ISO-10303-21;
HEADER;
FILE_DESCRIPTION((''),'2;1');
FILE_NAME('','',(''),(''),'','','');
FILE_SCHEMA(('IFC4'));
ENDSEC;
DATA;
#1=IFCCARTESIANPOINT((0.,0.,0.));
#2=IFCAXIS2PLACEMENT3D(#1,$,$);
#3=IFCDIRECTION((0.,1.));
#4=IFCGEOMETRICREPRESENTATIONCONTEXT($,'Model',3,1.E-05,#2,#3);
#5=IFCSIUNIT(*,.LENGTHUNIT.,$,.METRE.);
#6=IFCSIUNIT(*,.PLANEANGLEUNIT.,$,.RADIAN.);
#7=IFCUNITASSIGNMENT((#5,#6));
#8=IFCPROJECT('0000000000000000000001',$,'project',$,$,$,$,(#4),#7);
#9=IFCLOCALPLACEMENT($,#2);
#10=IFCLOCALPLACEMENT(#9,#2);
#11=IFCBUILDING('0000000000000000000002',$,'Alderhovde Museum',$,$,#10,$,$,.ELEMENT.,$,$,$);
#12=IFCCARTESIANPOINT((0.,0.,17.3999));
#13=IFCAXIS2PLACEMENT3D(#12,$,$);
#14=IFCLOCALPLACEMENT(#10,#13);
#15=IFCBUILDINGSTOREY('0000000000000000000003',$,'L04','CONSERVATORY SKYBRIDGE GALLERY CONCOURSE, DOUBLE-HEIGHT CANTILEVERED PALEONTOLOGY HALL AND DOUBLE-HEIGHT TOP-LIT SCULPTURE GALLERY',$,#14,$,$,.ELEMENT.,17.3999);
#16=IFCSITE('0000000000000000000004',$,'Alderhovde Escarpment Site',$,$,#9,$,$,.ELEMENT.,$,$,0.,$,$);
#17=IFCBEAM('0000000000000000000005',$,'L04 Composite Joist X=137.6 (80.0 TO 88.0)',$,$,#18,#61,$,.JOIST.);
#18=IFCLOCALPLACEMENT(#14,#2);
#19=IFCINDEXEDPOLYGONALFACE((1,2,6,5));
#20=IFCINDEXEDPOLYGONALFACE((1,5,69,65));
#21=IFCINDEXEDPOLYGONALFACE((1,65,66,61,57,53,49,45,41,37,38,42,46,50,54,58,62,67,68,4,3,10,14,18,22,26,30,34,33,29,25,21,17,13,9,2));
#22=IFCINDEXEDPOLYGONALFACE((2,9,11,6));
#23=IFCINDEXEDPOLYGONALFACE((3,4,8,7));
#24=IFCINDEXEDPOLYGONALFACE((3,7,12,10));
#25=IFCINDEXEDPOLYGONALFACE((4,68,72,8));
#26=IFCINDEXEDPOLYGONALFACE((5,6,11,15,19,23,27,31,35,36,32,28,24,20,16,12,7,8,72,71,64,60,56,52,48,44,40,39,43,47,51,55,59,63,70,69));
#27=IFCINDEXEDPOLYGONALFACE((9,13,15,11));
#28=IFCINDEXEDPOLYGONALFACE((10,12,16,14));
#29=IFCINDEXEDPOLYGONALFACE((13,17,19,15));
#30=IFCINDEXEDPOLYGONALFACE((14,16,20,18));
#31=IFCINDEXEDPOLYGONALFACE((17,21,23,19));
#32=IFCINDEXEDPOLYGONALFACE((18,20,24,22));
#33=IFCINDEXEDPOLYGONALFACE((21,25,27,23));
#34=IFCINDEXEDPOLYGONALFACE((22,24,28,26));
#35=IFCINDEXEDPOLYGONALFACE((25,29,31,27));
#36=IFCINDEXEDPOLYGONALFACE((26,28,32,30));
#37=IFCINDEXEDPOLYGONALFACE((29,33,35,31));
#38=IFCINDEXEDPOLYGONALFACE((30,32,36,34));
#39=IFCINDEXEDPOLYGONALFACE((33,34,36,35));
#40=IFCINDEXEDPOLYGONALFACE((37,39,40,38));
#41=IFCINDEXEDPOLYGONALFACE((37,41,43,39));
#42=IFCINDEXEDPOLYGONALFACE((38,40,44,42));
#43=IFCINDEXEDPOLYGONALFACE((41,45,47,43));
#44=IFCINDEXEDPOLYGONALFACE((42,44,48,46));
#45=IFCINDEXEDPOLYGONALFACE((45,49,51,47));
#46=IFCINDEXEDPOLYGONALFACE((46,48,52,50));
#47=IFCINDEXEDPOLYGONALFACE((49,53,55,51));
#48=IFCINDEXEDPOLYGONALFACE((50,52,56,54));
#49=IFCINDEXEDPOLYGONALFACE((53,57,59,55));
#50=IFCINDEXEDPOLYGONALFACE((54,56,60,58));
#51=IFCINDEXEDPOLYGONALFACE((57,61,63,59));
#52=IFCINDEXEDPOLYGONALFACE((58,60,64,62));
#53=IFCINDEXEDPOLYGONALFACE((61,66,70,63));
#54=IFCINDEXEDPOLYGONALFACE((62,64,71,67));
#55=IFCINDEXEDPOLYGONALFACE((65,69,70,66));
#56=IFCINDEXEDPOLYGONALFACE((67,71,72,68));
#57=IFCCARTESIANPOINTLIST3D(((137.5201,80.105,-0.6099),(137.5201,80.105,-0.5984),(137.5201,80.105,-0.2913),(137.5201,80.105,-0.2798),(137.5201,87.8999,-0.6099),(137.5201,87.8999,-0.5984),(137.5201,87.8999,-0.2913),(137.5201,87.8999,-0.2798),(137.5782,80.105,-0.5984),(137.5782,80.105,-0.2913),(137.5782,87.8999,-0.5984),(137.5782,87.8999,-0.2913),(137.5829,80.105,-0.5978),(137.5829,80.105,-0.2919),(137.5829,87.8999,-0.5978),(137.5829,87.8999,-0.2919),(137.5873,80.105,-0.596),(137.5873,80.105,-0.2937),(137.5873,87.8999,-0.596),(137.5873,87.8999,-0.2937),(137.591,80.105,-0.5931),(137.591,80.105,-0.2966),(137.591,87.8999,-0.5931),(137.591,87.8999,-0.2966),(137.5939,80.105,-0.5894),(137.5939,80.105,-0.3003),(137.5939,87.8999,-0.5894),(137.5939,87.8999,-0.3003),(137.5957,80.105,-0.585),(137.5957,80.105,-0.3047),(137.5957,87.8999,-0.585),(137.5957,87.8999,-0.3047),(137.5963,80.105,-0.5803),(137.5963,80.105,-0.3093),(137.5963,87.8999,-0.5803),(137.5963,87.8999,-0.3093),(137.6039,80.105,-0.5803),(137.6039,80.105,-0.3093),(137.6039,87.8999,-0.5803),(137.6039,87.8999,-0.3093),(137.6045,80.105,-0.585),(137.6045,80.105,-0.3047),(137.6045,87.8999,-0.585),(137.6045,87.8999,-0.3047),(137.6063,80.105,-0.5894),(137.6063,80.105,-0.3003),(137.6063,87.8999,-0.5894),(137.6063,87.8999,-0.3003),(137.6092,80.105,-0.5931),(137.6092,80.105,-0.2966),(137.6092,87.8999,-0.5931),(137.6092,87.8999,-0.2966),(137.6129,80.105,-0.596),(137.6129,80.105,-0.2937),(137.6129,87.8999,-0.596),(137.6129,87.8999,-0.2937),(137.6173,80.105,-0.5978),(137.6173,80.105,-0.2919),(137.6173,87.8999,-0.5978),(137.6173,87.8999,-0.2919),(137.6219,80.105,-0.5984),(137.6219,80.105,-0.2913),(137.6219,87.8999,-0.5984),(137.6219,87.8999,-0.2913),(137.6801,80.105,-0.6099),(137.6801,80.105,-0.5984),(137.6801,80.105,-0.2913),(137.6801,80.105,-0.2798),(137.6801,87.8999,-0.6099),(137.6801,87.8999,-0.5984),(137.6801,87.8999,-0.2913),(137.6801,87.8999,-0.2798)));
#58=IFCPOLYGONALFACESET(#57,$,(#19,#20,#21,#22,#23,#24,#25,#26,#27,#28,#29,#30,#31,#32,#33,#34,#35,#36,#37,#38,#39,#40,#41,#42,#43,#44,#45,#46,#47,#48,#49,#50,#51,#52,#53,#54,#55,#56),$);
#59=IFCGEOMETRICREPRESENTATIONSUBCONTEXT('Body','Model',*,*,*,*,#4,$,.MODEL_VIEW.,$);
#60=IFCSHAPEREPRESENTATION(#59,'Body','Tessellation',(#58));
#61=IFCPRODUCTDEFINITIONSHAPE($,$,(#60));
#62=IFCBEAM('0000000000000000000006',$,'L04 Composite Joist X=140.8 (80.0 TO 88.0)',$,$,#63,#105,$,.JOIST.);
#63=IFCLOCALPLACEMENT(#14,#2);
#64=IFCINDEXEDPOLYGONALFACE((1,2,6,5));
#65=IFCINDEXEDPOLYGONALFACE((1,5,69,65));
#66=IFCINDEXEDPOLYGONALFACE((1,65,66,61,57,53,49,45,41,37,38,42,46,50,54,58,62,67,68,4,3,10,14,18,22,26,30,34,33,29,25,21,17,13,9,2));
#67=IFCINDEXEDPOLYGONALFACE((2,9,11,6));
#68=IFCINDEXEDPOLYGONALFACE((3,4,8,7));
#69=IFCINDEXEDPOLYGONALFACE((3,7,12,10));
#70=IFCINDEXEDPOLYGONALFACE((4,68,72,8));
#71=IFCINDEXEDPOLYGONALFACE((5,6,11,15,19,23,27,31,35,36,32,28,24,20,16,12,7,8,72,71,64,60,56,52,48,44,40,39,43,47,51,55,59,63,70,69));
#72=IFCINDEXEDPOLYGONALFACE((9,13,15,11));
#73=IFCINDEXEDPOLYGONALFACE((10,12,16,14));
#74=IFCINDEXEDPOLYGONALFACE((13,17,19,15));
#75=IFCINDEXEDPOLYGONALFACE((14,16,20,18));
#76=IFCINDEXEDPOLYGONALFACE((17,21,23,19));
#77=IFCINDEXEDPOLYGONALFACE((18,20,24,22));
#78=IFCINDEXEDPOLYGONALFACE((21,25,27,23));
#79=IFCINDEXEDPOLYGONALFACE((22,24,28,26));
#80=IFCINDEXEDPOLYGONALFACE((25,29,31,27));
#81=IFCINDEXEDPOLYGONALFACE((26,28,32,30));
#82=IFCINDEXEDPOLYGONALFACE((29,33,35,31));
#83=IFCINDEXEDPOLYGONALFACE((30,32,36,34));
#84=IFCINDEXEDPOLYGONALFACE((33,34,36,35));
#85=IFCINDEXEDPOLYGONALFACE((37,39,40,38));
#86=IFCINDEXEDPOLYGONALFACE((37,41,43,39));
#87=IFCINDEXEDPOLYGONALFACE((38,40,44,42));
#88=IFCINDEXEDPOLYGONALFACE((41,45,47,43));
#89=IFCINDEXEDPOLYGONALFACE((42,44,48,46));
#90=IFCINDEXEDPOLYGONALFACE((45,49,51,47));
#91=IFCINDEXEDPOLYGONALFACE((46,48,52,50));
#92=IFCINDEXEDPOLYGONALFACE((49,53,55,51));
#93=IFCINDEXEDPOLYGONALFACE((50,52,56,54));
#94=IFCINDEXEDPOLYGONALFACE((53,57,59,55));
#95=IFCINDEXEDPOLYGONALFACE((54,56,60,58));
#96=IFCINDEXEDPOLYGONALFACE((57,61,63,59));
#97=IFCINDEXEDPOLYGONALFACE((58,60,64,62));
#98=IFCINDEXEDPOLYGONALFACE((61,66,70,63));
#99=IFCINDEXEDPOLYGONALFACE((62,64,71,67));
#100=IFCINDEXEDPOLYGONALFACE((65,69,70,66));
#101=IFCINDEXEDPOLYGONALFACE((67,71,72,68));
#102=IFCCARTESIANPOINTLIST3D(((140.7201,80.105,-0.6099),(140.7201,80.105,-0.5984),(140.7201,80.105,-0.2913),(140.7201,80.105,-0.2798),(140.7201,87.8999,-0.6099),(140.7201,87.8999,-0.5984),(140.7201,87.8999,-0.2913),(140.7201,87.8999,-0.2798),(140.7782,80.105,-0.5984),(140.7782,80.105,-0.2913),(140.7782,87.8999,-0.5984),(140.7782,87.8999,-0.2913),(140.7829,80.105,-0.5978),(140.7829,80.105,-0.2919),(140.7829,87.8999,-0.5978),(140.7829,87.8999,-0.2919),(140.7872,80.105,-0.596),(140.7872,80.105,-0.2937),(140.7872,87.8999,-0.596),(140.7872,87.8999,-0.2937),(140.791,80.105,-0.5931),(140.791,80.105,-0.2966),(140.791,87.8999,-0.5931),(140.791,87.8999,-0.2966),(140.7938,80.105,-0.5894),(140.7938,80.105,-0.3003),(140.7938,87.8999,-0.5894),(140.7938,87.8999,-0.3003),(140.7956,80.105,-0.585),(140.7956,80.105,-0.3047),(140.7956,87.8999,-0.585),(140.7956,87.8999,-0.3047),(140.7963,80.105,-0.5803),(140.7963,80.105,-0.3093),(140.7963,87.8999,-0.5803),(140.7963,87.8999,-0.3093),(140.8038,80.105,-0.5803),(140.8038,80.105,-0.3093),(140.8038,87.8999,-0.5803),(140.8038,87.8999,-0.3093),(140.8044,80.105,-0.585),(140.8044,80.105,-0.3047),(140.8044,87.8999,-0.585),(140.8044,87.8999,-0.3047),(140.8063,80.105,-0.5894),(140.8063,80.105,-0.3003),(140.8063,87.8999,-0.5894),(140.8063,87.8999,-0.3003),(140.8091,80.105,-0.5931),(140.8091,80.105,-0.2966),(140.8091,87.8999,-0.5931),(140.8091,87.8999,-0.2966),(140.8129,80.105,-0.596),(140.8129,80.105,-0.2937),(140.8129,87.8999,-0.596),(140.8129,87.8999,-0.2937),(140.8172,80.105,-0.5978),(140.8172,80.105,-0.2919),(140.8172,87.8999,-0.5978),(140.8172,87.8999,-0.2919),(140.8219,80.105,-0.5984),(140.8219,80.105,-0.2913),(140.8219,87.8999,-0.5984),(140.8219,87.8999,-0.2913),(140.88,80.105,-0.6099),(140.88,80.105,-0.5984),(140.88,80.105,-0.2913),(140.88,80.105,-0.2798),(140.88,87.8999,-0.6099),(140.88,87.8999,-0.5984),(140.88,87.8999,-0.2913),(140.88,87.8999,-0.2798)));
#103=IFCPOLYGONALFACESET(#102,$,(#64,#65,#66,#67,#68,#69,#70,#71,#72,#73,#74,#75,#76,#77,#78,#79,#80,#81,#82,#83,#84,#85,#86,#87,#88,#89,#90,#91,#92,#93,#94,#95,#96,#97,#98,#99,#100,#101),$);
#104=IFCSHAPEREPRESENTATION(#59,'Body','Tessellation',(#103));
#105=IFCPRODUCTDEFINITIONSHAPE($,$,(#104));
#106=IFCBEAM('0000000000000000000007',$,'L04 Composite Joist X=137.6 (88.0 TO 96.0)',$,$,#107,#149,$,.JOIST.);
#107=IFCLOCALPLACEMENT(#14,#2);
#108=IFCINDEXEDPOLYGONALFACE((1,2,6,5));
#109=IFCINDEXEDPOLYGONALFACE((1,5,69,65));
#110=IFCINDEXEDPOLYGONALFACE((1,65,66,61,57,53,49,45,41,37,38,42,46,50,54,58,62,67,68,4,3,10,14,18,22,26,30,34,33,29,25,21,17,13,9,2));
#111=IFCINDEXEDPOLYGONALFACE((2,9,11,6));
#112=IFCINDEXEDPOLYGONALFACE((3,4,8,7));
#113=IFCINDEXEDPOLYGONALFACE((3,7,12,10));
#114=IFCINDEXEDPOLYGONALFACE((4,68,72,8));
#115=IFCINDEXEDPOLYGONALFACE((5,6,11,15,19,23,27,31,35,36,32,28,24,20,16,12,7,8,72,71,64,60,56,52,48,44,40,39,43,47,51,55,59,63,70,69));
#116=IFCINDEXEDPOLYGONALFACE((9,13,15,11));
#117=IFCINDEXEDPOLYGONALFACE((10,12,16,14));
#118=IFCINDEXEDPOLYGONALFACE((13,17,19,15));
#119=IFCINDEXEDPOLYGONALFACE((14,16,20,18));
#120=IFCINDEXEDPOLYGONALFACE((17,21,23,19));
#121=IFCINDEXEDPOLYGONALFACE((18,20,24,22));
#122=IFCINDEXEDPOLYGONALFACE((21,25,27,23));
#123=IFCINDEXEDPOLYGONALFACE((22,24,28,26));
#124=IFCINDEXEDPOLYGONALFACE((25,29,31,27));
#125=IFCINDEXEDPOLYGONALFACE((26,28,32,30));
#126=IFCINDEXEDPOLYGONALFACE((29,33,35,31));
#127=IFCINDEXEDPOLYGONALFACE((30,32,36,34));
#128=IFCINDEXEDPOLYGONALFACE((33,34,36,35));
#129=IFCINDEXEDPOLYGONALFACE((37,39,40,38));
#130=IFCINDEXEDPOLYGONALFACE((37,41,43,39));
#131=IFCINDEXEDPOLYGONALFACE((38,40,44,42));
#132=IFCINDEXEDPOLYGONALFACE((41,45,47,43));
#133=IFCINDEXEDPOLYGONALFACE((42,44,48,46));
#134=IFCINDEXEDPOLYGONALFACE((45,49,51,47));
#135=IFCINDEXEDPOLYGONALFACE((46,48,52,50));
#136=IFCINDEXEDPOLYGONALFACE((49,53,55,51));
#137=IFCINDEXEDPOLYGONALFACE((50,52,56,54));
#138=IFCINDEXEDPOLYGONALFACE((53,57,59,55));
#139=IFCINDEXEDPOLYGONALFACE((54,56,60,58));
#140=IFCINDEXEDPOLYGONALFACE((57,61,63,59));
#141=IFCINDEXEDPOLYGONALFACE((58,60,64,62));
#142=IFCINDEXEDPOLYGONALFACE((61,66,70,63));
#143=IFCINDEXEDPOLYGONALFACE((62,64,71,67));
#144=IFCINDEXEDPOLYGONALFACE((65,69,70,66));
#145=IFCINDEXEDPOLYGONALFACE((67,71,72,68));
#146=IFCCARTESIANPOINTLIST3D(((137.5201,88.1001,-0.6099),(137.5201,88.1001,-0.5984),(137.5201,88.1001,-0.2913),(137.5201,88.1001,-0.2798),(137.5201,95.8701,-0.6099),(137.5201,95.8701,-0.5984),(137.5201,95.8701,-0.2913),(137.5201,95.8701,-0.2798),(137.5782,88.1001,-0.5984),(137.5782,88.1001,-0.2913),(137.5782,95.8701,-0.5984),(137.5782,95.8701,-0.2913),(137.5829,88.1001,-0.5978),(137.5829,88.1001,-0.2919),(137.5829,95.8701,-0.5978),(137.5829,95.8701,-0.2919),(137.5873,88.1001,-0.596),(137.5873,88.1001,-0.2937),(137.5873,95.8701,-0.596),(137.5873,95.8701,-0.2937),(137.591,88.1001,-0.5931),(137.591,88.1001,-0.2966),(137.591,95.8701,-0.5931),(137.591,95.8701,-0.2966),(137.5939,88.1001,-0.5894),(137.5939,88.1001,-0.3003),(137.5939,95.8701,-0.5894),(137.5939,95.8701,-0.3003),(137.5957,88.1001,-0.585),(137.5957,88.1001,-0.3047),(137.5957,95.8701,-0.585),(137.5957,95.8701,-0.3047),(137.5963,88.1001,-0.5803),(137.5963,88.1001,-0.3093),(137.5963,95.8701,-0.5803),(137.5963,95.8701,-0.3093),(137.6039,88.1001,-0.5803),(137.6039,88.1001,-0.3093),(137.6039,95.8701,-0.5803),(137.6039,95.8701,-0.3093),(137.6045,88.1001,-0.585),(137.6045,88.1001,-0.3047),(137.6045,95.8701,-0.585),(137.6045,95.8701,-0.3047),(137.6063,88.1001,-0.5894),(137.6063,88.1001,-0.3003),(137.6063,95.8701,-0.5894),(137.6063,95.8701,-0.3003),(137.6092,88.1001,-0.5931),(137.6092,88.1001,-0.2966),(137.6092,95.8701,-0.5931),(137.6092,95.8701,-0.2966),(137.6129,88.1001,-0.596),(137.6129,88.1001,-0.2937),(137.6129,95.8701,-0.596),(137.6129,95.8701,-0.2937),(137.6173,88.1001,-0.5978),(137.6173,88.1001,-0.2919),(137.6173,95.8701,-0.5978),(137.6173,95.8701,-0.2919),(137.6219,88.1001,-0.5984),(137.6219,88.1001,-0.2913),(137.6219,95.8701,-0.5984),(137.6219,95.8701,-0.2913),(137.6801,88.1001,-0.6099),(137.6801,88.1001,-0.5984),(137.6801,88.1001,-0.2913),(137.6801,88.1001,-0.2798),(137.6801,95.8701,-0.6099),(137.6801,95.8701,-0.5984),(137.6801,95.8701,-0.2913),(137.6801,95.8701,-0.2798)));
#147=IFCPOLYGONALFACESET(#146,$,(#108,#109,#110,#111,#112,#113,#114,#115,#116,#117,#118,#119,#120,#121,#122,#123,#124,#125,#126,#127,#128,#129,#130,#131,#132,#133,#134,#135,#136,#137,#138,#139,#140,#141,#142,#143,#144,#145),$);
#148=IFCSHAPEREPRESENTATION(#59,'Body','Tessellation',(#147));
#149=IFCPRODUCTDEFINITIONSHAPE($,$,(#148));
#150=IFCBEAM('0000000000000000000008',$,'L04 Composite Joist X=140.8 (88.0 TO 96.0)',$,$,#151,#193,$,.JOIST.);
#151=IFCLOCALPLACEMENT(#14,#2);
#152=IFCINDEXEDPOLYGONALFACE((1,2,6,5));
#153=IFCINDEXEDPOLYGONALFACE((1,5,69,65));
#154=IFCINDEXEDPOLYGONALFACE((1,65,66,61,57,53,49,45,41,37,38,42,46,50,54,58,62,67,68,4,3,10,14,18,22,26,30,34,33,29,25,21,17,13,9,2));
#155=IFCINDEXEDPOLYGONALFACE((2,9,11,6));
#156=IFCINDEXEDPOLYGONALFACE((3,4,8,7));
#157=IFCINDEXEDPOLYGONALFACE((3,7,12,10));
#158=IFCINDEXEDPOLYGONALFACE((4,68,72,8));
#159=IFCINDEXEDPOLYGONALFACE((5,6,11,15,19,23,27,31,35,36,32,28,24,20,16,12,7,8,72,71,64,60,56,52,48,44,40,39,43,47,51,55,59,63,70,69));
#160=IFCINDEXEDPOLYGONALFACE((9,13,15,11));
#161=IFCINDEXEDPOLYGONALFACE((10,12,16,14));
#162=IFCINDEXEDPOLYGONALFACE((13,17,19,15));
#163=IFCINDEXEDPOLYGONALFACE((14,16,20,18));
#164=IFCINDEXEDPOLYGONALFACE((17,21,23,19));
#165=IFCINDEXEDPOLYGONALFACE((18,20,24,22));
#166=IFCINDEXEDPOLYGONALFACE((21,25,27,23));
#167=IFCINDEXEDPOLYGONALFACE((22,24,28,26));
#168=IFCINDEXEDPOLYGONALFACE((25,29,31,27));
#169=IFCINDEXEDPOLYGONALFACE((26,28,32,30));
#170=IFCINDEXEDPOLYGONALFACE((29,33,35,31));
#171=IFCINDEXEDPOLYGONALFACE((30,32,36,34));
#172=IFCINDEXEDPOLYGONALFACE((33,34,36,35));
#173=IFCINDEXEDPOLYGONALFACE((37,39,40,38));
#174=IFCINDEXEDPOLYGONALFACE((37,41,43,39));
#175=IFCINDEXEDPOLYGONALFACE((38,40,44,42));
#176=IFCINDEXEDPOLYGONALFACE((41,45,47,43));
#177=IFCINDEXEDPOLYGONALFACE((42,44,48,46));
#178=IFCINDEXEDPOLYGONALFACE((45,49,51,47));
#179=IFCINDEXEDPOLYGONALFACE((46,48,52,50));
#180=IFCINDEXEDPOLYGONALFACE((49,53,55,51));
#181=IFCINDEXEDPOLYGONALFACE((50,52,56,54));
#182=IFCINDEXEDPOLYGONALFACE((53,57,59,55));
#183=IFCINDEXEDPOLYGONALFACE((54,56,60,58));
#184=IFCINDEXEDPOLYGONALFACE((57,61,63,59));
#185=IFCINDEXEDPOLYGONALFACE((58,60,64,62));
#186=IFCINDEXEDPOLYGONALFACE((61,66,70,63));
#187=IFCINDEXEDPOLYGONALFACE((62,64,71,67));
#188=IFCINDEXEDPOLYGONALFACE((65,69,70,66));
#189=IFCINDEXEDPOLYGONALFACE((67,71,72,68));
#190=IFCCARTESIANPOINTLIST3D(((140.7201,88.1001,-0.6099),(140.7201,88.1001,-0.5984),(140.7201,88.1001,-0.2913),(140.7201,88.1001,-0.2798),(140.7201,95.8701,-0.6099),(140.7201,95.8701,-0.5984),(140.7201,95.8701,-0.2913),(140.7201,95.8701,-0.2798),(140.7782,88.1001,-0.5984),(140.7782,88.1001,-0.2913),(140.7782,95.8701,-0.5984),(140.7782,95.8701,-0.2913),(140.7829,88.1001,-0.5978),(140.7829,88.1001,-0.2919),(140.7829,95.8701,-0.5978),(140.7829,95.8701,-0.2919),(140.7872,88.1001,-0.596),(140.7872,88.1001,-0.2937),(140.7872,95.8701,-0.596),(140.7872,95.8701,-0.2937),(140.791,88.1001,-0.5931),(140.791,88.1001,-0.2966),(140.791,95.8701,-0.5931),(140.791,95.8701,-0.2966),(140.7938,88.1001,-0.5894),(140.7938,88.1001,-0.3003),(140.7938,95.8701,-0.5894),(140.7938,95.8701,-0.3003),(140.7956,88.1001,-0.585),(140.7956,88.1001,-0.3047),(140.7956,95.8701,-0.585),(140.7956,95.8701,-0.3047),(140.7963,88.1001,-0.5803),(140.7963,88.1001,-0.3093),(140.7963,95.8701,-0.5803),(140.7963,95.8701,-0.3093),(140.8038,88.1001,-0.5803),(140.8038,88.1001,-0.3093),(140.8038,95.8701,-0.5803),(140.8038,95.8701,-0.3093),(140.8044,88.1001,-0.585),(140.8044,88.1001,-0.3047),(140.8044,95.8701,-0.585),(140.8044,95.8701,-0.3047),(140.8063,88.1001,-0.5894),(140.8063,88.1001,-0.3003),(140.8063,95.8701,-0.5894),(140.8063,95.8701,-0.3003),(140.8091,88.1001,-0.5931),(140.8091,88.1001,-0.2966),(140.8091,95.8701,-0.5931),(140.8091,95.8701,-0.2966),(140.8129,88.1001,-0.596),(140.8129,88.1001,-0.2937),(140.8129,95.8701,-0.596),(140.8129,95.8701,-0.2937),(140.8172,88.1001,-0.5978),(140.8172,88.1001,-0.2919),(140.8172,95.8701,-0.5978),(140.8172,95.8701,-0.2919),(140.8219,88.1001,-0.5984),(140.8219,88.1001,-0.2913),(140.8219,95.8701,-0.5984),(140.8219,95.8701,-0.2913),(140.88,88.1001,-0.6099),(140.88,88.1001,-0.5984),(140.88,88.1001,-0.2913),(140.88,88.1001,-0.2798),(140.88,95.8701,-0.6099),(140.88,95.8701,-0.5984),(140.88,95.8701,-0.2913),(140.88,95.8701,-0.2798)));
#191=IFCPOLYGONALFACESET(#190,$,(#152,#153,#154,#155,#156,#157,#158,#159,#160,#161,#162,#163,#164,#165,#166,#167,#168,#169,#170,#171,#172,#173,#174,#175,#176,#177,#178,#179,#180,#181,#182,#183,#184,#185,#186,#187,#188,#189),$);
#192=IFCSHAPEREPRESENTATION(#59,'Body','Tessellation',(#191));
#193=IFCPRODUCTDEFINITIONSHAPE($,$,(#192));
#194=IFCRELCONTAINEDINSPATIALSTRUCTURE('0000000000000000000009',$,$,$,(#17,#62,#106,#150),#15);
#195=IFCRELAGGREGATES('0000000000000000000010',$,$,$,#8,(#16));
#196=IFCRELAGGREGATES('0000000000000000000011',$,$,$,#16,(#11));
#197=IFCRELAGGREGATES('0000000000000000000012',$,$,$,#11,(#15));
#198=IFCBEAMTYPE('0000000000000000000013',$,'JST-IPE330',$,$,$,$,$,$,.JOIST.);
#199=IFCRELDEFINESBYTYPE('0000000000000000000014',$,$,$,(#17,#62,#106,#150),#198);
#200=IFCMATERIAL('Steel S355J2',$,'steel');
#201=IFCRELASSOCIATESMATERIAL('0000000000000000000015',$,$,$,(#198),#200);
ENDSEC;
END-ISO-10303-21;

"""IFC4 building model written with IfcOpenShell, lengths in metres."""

from ifc_helpers import new_model, si_unit, direction, frame, origin, origin_2d, place, context, subcontext, project, spatial, i_section, extrude, material, material_profile, profile_set, type_object, element, save


model = new_model("IFC4")

# Units and contexts
model_context = context("Model", 3, precision=1e-05, world=origin(), true_north=direction((0.0, 1.0)))
body_context = subcontext(model_context, "Body", "Model", "MODEL_VIEW")
ifc_project = project(units=[si_unit("LENGTHUNIT", "METRE"), si_unit("PLANEANGLEUNIT", "RADIAN")], contexts=[model_context])

# Site, building, storey
site_placement = place(None, origin())
site = spatial("IfcSite", under=ifc_project, at=site_placement, Name="Alderhovde Escarpment Site", CompositionType="ELEMENT", RefElevation=0.0)
building_placement = place(site_placement, origin())
building = spatial("IfcBuilding", under=site, at=building_placement, Name="Alderhovde Museum", CompositionType="ELEMENT")
storey_placement = place(building_placement, frame((0.0, 0.0, 17.3999)))
storey = spatial("IfcBuildingStorey", under=building, at=storey_placement, Name="L04", Description="CONSERVATORY SKYBRIDGE GALLERY CONCOURSE, DOUBLE-HEIGHT CANTILEVERED PALEONTOLOGY HALL AND DOUBLE-HEIGHT TOP-LIT SCULPTURE GALLERY", CompositionType="ELEMENT", Elevation=17.3999)

# Beams
ifc_material_1 = material(Name="Steel S355J2", Category="steel")
ifc_material_profile_1 = material_profile(ifc_material_1, i_section(OverallWidth=0.1599, OverallDepth=0.3301, WebThickness=0.0076, FlangeThickness=0.0115, FilletRadius=0.0181, at=origin_2d()), Name="IPE 330")
ifc_profile_set_1 = profile_set([ifc_material_profile_1], Name="Steel S355J2")
beam_type_1 = type_object("IfcBeamType", Name="JST-IPE330", PredefinedType="JOIST", material=ifc_profile_set_1)
for number, where, z_axis, x_axis, name in (
    (1, (137.6001, 80.105, -0.4448), (0.0, 1.0, 0.0), (-1.0, 0.0, 0.0), "L04 Composite Joist X=137.6 (80.0 TO 88.0)"),
    (2, (140.8, 80.105, -0.4448), (0.0, 1.0, 0.0), (-1.0, 0.0, 0.0), "L04 Composite Joist X=140.8 (80.0 TO 88.0)"),
):
    element("IfcBeam", number, at=place(storey_placement, frame(where, z_axis=z_axis, x_axis=x_axis)), inside=storey, type_object=beam_type_1, Name=name, PredefinedType="JOIST", context=body_context, shape_type="SweptSolid", body=[
        extrude(i_section(OverallWidth=0.1599, OverallDepth=0.3301, WebThickness=0.0076, FlangeThickness=0.0115, FilletRadius=0.0181, at=origin_2d()), origin(), (0.0, 0.0, 1.0), 7.7949),
    ])
for number, where, z_axis, x_axis, name in (
    (3, (137.6001, 88.1001, -0.4448), (0.0, 1.0, 0.0), (-1.0, 0.0, 0.0), "L04 Composite Joist X=137.6 (88.0 TO 96.0)"),
    (4, (140.8, 88.1001, -0.4448), (0.0, 1.0, 0.0), (-1.0, 0.0, 0.0), "L04 Composite Joist X=140.8 (88.0 TO 96.0)"),
):
    element("IfcBeam", number, at=place(storey_placement, frame(where, z_axis=z_axis, x_axis=x_axis)), inside=storey, type_object=beam_type_1, Name=name, PredefinedType="JOIST", context=body_context, shape_type="SweptSolid", body=[
        extrude(i_section(OverallWidth=0.1599, OverallDepth=0.3301, WebThickness=0.0076, FlangeThickness=0.0115, FilletRadius=0.0181, at=origin_2d()), origin(), (0.0, 0.0, 1.0), 7.77),
    ])

save(model, "model.ifc")
